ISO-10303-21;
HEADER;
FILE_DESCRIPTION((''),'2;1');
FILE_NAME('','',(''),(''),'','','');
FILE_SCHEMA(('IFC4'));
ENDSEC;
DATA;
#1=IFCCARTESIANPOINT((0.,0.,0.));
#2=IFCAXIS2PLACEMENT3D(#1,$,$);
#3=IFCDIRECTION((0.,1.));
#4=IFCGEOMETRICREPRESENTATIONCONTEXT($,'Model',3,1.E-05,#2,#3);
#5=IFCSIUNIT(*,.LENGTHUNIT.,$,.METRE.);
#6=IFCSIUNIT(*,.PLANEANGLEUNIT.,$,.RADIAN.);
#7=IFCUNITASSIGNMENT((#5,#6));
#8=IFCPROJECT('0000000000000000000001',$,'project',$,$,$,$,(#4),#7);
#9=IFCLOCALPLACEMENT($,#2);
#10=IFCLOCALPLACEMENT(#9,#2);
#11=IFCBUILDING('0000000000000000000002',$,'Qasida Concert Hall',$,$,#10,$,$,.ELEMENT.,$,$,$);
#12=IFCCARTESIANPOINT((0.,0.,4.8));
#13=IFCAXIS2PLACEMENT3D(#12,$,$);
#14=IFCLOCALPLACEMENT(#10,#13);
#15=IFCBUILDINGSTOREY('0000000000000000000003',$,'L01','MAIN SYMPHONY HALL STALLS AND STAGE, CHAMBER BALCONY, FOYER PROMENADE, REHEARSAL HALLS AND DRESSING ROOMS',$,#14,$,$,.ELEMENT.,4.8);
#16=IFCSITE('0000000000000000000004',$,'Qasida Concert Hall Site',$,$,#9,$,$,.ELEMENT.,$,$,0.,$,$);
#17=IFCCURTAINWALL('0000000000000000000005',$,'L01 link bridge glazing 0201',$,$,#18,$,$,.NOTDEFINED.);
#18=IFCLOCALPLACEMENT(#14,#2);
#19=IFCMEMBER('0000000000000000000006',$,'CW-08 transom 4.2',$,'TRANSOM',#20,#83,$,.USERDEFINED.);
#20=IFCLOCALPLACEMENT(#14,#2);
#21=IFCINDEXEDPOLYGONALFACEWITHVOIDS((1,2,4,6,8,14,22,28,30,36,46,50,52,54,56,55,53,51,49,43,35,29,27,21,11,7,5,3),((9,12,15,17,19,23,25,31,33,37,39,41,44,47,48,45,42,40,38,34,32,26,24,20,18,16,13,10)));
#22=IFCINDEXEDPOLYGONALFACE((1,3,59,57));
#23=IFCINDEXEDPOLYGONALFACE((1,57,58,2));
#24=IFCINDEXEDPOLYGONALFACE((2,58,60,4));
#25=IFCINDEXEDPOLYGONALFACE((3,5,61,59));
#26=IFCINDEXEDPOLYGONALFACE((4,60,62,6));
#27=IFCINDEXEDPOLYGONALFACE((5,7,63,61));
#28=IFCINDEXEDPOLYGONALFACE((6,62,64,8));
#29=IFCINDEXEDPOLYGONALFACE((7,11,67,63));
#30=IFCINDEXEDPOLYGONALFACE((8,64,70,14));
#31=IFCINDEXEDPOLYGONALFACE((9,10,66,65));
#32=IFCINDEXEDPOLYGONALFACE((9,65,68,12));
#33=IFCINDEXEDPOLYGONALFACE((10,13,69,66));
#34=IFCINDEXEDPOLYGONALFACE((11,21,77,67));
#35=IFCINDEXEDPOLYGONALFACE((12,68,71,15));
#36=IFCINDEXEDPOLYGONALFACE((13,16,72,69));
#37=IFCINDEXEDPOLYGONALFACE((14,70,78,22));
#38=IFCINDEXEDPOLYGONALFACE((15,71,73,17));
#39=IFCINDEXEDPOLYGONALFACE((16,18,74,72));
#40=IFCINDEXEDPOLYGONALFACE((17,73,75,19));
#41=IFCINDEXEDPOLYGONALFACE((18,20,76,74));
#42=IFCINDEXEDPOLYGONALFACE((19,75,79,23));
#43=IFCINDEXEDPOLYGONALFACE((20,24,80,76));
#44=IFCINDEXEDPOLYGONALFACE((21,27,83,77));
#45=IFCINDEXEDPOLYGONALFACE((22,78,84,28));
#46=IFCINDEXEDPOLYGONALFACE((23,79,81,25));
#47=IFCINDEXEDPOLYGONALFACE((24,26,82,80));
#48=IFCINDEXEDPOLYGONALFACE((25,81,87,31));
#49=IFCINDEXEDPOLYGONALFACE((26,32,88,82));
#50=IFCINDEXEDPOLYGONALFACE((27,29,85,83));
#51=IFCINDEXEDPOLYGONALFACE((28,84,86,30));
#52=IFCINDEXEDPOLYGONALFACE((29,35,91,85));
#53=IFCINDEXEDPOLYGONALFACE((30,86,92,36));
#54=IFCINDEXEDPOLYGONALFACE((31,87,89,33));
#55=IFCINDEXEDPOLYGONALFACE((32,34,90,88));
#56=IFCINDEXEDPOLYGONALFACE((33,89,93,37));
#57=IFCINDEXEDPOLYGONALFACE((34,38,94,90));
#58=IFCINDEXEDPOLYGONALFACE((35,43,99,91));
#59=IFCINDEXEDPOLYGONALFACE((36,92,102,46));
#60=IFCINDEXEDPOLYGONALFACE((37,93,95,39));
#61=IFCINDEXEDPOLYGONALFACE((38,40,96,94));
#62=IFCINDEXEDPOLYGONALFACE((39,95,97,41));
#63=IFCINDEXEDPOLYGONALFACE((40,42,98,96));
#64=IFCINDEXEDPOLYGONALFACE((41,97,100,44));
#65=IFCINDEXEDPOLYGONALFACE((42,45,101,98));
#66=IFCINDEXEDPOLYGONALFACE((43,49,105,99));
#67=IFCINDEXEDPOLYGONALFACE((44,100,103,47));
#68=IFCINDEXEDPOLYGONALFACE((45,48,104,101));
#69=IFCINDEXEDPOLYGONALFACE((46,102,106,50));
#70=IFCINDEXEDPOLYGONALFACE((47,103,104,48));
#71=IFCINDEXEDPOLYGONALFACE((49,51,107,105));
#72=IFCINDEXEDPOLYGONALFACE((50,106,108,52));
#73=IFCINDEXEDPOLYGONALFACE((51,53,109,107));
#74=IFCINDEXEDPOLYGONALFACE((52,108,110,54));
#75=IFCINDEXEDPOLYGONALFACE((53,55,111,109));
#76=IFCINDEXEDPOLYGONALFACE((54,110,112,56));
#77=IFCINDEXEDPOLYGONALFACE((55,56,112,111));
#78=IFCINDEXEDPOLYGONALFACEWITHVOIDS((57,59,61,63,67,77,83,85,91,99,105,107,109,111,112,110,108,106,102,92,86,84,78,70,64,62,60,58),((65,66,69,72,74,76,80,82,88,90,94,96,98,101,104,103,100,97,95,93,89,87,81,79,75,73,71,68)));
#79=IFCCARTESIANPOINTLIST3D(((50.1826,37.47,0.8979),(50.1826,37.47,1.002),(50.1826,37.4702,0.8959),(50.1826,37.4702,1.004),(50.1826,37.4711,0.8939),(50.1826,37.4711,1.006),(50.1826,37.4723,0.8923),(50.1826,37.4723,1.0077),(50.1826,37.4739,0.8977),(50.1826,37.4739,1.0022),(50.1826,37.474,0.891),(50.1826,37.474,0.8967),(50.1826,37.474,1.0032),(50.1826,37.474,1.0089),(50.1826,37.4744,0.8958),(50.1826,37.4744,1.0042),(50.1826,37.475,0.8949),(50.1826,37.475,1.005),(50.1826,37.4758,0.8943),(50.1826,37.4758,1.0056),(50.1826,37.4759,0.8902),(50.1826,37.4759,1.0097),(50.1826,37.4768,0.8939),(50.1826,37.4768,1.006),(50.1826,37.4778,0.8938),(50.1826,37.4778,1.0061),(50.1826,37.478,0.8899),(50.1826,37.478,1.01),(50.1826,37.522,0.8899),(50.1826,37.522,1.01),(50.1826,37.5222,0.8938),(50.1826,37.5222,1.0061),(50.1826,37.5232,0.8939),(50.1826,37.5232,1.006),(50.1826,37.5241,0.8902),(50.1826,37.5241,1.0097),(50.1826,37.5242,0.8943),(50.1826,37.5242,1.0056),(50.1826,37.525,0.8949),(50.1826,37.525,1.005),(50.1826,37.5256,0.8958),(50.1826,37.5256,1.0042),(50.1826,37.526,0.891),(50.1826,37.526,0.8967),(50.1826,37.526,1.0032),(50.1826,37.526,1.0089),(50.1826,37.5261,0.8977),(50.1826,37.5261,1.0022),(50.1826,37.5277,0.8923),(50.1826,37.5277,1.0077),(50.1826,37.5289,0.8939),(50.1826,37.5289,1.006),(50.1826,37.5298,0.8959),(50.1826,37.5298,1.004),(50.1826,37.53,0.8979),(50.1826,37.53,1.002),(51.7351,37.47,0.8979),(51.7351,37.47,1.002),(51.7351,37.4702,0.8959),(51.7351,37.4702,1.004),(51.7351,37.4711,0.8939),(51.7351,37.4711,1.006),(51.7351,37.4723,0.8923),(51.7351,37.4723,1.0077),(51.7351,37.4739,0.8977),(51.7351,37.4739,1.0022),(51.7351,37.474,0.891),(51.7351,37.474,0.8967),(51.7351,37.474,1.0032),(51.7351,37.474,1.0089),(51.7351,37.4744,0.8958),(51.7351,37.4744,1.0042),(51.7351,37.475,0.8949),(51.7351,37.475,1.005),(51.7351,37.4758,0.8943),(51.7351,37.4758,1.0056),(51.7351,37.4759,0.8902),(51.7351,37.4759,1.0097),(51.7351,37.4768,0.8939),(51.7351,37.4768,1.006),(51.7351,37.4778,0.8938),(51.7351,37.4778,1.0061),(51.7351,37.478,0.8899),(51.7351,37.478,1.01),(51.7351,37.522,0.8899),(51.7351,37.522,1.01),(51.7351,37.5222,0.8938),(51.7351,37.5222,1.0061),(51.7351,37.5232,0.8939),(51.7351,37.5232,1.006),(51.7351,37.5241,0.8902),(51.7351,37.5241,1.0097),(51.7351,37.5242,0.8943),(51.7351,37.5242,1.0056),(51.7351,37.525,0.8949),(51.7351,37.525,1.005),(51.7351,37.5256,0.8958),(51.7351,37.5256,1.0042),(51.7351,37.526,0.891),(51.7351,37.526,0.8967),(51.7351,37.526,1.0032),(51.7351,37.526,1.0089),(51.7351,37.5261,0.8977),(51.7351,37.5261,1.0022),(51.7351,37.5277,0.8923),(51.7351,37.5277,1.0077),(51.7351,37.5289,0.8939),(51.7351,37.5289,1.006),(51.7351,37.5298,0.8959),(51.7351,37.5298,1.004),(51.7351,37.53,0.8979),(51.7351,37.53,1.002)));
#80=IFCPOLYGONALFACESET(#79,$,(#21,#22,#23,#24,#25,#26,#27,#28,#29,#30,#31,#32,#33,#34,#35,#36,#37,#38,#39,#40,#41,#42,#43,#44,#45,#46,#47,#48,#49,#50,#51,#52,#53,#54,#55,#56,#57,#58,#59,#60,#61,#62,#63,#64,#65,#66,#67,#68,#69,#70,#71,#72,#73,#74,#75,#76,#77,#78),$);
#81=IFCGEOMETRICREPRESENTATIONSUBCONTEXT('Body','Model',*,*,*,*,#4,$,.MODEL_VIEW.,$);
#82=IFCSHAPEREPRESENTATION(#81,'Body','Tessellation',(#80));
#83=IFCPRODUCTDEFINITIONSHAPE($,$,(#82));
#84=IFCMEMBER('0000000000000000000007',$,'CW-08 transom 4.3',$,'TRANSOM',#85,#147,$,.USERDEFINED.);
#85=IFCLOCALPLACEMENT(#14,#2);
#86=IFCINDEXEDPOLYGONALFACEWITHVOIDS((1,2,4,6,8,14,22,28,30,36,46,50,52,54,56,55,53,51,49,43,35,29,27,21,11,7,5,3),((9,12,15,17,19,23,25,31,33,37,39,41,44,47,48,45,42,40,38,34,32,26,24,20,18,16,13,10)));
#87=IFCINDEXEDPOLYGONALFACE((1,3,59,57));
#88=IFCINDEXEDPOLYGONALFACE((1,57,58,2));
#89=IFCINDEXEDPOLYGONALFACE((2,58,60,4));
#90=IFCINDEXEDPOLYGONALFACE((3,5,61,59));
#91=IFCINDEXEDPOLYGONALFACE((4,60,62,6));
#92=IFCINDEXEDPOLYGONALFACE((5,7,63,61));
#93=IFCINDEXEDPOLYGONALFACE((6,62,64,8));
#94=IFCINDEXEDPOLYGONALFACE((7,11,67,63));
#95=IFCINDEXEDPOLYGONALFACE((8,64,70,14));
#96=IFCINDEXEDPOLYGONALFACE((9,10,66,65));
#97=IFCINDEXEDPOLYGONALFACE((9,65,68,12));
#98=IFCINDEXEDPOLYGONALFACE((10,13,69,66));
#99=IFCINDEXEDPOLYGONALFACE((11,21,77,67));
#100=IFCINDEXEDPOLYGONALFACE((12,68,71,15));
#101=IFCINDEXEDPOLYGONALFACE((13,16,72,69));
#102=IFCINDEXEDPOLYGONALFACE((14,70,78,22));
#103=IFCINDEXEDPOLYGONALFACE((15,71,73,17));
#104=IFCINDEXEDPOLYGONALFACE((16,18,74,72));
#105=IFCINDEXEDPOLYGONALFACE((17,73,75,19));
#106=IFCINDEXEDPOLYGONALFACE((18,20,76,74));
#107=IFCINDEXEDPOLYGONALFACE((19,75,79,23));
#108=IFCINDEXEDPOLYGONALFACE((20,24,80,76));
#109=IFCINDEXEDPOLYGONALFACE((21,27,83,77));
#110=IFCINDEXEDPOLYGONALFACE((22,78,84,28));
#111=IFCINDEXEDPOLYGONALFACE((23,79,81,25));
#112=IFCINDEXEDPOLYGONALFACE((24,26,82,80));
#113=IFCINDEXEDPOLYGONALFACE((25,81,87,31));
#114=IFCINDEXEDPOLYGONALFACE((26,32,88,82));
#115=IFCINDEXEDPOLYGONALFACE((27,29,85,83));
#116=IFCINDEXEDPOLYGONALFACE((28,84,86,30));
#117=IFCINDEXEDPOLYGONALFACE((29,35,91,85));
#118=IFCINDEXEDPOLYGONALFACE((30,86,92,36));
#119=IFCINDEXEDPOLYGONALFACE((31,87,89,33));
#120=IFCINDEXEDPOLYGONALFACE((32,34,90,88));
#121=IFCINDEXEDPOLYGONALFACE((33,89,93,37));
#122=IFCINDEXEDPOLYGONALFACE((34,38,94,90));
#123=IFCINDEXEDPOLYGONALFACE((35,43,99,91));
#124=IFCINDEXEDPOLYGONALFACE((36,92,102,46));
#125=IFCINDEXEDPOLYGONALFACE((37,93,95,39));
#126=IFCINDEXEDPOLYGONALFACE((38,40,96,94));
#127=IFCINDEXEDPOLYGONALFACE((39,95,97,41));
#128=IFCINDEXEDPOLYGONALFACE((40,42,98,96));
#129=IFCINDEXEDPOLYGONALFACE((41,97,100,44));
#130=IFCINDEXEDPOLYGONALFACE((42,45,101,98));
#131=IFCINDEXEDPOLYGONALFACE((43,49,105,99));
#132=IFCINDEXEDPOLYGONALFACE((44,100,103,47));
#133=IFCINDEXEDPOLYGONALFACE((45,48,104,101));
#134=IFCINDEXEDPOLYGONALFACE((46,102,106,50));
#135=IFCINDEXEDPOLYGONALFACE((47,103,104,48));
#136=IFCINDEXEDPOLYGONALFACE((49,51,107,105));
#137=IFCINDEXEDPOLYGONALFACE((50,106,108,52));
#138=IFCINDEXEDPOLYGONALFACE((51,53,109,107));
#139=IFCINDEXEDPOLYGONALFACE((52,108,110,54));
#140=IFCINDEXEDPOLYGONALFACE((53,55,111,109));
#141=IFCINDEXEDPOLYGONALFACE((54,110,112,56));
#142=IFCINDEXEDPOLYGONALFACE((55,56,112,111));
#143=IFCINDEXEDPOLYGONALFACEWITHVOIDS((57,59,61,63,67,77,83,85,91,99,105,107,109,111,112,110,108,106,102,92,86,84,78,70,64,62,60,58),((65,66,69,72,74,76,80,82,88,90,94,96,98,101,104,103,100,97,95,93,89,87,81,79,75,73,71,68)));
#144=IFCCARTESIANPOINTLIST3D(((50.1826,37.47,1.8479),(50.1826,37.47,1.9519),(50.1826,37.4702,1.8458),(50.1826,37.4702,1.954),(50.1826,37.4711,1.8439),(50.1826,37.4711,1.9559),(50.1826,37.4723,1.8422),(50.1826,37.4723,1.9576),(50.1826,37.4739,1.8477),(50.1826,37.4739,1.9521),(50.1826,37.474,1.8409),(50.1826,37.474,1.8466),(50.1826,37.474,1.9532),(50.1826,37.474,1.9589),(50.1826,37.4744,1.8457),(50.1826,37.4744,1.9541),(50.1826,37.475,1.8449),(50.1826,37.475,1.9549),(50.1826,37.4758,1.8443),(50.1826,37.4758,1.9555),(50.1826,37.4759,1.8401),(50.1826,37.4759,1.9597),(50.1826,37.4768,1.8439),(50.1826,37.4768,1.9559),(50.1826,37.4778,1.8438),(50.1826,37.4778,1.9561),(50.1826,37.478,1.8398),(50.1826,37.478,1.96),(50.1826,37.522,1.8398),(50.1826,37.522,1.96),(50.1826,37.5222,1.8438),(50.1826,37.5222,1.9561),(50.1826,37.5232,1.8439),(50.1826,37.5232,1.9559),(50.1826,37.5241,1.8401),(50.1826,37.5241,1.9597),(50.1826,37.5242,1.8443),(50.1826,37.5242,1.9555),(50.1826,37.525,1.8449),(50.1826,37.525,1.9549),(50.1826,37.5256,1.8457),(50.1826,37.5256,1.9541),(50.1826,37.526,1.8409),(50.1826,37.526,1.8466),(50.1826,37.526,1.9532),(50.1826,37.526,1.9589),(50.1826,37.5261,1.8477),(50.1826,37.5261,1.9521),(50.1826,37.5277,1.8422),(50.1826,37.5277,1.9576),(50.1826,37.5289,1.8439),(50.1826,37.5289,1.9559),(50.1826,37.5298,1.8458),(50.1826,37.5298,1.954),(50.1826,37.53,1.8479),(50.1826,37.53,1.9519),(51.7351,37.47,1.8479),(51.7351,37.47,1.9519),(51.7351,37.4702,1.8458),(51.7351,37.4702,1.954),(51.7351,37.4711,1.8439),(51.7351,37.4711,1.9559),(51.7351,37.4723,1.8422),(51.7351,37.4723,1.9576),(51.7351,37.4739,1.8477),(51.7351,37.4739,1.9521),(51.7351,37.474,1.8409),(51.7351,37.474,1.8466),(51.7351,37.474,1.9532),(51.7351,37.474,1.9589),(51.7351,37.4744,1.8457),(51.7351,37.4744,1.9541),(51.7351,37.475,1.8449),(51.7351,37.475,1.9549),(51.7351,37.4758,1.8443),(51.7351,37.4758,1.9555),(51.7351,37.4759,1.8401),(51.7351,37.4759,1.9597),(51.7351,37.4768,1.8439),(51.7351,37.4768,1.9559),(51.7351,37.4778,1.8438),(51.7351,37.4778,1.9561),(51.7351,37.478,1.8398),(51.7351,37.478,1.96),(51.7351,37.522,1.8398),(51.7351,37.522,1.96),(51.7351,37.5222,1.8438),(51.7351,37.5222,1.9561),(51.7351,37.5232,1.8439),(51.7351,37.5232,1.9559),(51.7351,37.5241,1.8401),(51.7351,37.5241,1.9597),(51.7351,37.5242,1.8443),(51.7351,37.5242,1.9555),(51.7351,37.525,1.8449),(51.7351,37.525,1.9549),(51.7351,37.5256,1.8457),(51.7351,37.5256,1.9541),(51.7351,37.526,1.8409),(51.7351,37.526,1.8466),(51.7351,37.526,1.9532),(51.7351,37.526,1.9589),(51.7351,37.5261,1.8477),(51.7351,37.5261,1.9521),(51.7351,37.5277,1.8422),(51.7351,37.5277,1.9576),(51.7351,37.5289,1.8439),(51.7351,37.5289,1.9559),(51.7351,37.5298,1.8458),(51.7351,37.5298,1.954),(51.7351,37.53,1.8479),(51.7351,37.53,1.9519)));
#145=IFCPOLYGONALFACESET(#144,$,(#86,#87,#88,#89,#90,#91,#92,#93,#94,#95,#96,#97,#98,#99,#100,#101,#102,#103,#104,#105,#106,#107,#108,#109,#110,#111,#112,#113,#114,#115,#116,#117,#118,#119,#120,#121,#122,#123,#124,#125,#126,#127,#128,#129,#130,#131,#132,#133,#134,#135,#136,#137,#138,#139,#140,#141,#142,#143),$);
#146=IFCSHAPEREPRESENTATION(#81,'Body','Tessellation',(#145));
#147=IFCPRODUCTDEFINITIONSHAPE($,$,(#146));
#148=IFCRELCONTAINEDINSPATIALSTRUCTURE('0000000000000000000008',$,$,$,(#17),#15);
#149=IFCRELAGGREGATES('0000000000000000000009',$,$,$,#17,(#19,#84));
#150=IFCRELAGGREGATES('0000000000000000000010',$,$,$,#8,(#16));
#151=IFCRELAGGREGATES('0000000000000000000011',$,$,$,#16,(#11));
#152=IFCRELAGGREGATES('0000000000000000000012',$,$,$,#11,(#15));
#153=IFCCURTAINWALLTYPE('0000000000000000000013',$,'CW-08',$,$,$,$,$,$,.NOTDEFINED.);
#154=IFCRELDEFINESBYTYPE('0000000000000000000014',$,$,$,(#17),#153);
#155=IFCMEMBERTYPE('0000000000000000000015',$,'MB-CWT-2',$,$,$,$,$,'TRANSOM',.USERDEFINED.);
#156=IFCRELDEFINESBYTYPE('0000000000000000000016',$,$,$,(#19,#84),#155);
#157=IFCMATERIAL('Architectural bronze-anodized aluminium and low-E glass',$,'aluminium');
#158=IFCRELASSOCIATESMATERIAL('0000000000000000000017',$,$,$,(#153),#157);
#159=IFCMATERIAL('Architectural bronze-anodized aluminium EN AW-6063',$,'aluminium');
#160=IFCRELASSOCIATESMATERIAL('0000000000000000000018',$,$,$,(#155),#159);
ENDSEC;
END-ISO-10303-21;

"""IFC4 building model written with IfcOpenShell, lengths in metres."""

from ifc_helpers import new_model, si_unit, direction, frame, origin, origin_2d, place, context, subcontext, project, spatial, hollow_rectangle, extrude, material, material_profile, profile_set, type_object, element, aggregate, save


model = new_model("IFC4")

# Units and contexts
model_context = context("Model", 3, precision=1e-05, world=origin(), true_north=direction((0.0, 1.0)))
body_context = subcontext(model_context, "Body", "Model", "MODEL_VIEW")
ifc_project = project(units=[si_unit("LENGTHUNIT", "METRE"), si_unit("PLANEANGLEUNIT", "RADIAN")], contexts=[model_context])

# Site, building, storey
site_placement = place(None, origin())
site = spatial("IfcSite", under=ifc_project, at=site_placement, Name="Qasida Concert Hall Site", CompositionType="ELEMENT", RefElevation=0.0)
building_placement = place(site_placement, origin())
building = spatial("IfcBuilding", under=site, at=building_placement, Name="Qasida Concert Hall", CompositionType="ELEMENT")
storey_placement = place(building_placement, frame((0.0, 0.0, 4.8)))
storey = spatial("IfcBuildingStorey", under=building, at=storey_placement, Name="L01", Description="MAIN SYMPHONY HALL STALLS AND STAGE, CHAMBER BALCONY, FOYER PROMENADE, REHEARSAL HALLS AND DRESSING ROOMS", CompositionType="ELEMENT", Elevation=4.8)

# Shared definitions
ifc_material_1 = material(Name="Architectural bronze-anodized aluminium and low-E glass", Category="aluminium")
ifc_material_2 = material(Name="Architectural bronze-anodized aluminium EN AW-6063", Category="aluminium")

# Curtain wall
curtain_wall_type_1 = type_object("IfcCurtainWallType", Name="CW-08", PredefinedType="NOTDEFINED", material=ifc_material_1)
curtain_wall_1_placement = place(storey_placement, origin())
curtain_wall_1 = element("IfcCurtainWall", 1, at=curtain_wall_1_placement, inside=storey, type_object=curtain_wall_type_1, Name="L01 link bridge glazing 0201", PredefinedType="NOTDEFINED")

# Members
ifc_material_profile_1 = material_profile(ifc_material_2, hollow_rectangle(XDim=0.0601, YDim=0.1201, WallThickness=0.0039, InnerFilletRadius=0.0039, OuterFilletRadius=0.0081, at=origin_2d()), Name="CWT 120x60x4")
ifc_profile_set_1 = profile_set([ifc_material_profile_1], Name="Architectural bronze-anodized aluminium EN AW-6063")
member_type_1 = type_object("IfcMemberType", Name="MB-CWT-2", ElementType="TRANSOM", PredefinedType="USERDEFINED", material=ifc_profile_set_1)
member_1_placement = place(storey_placement, frame((50.1826, 37.5, 0.95), z_axis=(1.0, 0.0, 0.0), x_axis=(0.0, 1.0, 0.0)))
member_1 = element("IfcMember", 2, at=member_1_placement, type_object=member_type_1, Name="CW-08 transom 4.2", ObjectType="TRANSOM", PredefinedType="USERDEFINED", context=body_context, shape_type="SweptSolid", body=[
    extrude(hollow_rectangle(XDim=0.0601, YDim=0.1201, WallThickness=0.0039, InnerFilletRadius=0.0039, OuterFilletRadius=0.0081, at=origin_2d()), origin(), (0.0, 0.0, 1.0), 1.5525),
])
member_2_placement = place(storey_placement, frame((50.1826, 37.5, 1.8999), z_axis=(1.0, 0.0, 0.0), x_axis=(0.0, 1.0, 0.0)))
member_2 = element("IfcMember", 3, at=member_2_placement, type_object=member_type_1, Name="CW-08 transom 4.3", ObjectType="TRANSOM", PredefinedType="USERDEFINED", context=body_context, shape_type="SweptSolid", body=[
    extrude(hollow_rectangle(XDim=0.0601, YDim=0.1201, WallThickness=0.0039, InnerFilletRadius=0.0039, OuterFilletRadius=0.0081, at=origin_2d()), origin(), (0.0, 0.0, 1.0), 1.5525),
])

aggregate(curtain_wall_1, [member_1, member_2])

save(model, "model.ifc")
